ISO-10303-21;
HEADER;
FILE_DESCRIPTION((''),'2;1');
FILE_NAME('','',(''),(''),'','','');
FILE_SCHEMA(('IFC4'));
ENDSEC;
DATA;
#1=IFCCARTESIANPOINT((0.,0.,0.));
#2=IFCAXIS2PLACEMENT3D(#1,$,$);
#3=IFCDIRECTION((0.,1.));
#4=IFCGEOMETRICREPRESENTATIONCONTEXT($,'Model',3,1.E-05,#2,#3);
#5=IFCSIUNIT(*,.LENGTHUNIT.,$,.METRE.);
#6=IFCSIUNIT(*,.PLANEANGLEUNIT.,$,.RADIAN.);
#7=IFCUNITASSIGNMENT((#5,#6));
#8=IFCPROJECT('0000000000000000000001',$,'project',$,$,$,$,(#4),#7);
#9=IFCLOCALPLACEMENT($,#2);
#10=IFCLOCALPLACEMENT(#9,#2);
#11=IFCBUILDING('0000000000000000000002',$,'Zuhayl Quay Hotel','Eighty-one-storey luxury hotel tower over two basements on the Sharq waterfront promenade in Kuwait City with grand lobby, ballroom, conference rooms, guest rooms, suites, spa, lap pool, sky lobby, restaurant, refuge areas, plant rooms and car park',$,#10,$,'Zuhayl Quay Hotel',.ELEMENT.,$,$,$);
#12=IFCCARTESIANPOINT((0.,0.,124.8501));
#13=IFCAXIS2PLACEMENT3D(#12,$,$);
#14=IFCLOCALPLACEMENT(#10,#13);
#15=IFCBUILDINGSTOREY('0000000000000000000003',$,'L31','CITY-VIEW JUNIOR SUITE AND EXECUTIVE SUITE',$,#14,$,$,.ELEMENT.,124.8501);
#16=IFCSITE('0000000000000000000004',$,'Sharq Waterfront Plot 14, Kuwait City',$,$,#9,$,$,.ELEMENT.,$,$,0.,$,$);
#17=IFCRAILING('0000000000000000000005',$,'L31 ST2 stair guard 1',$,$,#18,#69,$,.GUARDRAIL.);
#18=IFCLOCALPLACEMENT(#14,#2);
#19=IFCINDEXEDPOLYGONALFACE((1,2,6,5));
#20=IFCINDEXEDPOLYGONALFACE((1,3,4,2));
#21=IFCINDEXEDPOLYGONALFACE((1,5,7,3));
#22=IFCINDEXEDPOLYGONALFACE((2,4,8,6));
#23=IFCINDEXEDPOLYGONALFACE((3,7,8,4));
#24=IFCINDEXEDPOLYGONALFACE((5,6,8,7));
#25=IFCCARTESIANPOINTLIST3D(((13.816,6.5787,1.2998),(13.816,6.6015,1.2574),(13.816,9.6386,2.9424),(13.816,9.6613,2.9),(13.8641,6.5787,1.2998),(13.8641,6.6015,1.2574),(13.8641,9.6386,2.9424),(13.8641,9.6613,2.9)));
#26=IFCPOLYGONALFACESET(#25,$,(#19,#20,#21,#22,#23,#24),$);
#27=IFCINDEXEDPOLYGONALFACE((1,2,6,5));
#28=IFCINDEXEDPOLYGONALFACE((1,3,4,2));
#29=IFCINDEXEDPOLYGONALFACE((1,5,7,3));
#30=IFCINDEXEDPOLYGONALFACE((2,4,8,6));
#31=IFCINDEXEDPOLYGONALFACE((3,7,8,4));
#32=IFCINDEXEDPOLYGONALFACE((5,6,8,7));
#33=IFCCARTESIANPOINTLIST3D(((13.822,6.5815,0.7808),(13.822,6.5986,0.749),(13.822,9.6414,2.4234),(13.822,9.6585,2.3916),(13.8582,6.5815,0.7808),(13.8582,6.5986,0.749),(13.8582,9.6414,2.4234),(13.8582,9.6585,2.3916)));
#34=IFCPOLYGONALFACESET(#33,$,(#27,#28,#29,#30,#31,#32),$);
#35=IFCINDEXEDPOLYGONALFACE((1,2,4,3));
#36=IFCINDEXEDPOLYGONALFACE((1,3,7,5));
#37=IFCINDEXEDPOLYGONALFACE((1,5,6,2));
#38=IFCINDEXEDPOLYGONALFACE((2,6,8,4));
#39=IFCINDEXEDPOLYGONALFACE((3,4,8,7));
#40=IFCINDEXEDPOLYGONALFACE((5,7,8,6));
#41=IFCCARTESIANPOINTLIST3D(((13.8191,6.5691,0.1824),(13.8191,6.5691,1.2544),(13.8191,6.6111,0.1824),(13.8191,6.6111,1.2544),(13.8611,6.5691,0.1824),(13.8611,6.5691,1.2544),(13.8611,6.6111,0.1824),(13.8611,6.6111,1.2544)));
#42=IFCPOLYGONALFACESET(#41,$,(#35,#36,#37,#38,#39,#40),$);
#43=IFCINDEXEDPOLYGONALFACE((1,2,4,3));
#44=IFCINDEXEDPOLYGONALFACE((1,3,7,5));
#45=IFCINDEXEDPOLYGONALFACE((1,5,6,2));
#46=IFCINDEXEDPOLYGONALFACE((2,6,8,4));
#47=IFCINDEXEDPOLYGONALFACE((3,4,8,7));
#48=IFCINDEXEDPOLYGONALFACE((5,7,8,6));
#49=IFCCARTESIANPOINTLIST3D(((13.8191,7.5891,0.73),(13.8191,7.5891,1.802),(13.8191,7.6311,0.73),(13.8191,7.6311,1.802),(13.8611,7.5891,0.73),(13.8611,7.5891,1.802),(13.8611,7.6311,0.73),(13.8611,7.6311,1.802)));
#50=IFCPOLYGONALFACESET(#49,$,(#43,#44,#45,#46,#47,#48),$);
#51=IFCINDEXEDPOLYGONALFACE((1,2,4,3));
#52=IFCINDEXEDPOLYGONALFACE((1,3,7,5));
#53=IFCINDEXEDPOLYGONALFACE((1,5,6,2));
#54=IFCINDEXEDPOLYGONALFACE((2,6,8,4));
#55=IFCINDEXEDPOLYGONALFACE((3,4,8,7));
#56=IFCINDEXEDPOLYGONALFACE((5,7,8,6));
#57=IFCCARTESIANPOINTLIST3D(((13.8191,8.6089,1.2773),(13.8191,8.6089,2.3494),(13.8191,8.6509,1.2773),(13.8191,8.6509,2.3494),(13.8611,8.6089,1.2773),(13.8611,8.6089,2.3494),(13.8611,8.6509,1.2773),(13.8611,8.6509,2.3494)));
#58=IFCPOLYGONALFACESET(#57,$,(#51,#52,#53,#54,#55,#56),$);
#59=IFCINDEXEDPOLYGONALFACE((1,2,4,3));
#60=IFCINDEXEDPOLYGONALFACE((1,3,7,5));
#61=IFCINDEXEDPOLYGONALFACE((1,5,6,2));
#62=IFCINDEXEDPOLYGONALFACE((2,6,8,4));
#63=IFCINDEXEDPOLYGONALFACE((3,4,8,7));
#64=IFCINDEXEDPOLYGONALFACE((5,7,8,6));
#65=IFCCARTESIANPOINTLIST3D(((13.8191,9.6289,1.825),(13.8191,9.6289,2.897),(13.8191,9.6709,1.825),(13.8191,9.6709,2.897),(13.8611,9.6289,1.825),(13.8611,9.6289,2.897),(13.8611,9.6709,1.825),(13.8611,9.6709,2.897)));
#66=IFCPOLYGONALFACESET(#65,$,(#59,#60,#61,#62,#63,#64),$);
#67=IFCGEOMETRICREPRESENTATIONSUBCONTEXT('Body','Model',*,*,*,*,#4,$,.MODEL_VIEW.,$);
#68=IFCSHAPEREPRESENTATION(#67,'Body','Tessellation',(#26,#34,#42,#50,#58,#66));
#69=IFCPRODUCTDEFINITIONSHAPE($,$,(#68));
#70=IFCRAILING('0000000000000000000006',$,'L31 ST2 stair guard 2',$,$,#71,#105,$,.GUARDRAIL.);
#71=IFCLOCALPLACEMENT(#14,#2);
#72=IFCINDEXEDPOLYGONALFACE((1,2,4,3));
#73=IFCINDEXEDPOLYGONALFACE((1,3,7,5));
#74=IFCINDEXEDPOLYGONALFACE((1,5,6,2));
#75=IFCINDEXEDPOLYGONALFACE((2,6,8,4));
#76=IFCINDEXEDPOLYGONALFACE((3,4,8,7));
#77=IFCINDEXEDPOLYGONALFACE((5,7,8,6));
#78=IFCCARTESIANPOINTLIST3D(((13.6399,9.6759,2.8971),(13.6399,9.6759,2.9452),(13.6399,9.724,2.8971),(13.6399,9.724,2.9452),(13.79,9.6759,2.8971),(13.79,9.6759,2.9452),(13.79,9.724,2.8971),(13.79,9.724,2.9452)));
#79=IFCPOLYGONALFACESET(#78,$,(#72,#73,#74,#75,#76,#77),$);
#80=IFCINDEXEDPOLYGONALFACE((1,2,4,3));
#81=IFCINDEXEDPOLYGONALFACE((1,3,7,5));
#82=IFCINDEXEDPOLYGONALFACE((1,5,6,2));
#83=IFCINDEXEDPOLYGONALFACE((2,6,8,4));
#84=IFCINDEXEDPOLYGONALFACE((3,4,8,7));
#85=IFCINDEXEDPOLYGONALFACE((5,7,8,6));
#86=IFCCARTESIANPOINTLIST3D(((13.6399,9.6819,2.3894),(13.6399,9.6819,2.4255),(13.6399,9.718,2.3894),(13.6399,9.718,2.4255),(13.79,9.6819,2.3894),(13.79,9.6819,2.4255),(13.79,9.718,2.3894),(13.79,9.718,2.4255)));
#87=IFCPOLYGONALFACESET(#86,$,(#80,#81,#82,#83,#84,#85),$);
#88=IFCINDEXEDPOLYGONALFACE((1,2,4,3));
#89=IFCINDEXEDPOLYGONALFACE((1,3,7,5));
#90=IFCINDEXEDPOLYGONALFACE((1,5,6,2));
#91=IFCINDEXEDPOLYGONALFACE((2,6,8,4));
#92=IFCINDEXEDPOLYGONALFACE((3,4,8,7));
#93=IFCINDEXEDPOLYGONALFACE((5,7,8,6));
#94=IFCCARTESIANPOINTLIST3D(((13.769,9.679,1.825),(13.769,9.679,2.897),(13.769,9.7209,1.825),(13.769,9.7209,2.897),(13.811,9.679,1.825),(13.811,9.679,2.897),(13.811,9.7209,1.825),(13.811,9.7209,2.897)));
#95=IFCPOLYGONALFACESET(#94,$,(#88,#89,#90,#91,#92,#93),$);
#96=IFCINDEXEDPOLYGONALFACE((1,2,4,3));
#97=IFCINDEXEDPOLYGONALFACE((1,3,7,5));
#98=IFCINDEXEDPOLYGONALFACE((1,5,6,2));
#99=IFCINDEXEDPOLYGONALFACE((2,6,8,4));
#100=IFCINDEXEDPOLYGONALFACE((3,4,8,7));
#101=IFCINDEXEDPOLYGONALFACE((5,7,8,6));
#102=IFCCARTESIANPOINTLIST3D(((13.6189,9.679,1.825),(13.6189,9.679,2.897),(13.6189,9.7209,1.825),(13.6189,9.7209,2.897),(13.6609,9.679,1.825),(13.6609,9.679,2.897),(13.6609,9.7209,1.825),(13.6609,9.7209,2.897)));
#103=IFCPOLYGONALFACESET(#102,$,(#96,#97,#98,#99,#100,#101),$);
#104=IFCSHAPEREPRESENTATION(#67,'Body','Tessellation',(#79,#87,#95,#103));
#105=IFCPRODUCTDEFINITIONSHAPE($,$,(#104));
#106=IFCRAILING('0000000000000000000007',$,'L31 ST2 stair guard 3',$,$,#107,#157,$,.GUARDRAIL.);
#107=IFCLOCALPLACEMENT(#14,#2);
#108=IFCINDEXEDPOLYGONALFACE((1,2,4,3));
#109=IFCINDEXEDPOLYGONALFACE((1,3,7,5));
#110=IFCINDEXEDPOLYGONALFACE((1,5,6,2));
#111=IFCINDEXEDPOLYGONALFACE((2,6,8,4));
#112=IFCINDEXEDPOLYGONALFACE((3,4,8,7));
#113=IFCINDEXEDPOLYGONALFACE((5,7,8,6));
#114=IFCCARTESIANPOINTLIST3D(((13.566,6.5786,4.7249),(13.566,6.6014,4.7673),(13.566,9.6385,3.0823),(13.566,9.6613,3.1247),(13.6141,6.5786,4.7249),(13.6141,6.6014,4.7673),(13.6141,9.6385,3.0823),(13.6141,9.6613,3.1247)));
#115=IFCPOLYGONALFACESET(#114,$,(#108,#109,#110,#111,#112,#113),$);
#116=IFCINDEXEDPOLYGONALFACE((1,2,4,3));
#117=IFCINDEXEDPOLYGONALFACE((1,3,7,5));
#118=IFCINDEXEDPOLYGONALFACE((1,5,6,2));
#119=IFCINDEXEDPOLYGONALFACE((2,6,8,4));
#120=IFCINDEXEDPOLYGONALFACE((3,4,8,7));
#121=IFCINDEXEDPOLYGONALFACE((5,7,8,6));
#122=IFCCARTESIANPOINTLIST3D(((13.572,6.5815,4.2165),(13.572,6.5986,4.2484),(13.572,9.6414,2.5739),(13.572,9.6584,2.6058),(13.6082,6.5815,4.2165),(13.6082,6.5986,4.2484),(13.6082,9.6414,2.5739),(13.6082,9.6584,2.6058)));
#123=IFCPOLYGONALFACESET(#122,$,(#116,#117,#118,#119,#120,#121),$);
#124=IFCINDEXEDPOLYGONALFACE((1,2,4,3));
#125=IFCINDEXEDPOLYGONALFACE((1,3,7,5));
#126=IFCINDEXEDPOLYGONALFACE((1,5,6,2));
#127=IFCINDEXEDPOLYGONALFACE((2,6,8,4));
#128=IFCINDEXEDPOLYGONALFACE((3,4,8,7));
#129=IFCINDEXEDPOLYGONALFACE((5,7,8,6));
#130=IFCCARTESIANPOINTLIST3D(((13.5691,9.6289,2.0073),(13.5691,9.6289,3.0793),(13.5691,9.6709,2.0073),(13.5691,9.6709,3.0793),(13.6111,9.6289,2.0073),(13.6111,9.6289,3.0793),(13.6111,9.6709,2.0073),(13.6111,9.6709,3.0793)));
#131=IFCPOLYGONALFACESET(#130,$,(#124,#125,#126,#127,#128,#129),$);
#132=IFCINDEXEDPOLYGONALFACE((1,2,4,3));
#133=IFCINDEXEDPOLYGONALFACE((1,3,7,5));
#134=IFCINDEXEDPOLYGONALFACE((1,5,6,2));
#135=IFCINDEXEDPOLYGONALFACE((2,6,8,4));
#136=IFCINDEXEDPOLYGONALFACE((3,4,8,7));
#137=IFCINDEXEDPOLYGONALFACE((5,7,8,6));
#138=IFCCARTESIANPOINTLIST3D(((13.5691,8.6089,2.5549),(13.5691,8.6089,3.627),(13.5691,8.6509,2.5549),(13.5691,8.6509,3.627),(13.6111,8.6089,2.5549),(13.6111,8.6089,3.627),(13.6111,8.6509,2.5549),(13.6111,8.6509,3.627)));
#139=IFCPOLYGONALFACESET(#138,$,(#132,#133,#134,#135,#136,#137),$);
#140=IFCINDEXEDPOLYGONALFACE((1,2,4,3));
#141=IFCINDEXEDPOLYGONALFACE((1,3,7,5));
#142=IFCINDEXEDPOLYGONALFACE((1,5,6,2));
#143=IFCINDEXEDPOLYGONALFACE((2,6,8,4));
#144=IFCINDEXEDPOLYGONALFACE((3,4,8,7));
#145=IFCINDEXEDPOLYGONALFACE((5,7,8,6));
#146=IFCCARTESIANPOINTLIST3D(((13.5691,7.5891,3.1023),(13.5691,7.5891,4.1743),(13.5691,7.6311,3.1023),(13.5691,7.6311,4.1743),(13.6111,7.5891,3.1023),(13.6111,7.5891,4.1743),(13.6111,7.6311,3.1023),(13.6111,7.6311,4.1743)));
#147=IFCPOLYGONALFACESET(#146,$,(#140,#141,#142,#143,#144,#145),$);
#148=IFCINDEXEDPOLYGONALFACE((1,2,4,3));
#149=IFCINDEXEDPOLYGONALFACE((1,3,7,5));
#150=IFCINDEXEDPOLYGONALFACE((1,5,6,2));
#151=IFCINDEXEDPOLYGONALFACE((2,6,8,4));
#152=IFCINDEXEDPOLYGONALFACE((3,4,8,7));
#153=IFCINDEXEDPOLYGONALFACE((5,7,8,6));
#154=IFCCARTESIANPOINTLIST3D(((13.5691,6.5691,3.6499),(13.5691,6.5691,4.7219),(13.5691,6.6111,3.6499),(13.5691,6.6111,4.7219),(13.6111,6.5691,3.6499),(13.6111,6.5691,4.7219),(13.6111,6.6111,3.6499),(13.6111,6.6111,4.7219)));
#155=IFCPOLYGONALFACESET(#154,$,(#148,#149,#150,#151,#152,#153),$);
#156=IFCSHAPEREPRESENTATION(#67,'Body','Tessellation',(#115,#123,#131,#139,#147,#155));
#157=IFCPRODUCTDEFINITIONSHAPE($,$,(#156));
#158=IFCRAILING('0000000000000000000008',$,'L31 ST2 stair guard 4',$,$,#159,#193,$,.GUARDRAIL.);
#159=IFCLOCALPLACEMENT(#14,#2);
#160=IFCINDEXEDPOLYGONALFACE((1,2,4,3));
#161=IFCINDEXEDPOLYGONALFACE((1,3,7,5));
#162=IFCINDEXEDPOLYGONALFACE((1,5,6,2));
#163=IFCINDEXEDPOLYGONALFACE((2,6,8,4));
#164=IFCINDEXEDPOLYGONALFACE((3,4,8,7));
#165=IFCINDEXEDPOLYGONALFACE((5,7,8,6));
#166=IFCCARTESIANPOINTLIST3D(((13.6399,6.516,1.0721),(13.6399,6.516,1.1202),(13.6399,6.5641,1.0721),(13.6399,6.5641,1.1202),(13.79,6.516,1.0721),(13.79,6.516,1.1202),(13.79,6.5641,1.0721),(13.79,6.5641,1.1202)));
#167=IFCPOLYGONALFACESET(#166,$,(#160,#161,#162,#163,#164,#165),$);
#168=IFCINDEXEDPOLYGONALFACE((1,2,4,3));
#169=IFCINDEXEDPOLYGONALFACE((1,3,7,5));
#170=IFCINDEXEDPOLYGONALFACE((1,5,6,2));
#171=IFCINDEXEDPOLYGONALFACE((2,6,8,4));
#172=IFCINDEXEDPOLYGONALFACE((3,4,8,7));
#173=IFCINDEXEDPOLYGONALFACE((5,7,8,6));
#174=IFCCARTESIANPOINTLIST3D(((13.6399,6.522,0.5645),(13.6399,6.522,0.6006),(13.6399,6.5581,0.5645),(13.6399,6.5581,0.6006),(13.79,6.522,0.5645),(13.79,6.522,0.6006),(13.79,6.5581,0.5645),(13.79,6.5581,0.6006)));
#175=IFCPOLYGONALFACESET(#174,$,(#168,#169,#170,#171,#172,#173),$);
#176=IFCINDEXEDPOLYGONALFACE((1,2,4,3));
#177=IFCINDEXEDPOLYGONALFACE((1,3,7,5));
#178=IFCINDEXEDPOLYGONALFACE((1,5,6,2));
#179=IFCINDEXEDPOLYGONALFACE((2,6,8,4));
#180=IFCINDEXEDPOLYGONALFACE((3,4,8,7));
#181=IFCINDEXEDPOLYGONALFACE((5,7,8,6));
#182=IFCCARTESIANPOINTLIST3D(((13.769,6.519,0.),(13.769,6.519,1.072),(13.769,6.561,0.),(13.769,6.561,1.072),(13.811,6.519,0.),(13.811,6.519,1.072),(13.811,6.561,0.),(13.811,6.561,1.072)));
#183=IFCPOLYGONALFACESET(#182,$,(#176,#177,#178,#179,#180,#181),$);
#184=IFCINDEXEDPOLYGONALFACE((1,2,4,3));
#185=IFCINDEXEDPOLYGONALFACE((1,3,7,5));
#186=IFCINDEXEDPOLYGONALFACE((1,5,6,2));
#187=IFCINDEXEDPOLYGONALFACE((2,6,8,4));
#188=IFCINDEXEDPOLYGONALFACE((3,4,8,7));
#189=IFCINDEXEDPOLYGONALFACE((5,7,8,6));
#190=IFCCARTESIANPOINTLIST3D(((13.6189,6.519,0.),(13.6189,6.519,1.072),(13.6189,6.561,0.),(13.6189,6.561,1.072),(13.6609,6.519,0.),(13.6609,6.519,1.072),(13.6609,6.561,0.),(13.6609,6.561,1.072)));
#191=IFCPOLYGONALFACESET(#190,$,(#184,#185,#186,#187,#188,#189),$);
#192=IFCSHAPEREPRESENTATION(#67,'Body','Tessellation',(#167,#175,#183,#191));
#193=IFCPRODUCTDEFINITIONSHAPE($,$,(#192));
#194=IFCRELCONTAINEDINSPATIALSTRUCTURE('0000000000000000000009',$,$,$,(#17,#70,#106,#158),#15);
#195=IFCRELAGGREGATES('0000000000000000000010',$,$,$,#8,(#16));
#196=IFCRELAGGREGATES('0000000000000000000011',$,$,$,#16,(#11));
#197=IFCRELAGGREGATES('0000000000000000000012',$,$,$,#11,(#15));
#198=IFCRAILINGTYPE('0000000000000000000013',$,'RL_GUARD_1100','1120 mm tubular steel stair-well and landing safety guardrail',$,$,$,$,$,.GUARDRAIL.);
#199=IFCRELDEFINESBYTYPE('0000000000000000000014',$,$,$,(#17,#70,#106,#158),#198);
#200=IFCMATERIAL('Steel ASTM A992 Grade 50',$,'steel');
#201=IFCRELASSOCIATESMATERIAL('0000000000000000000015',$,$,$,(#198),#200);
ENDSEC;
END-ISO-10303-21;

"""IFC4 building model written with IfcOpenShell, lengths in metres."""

from ifc_helpers import new_model, si_unit, direction, frame, origin, origin_2d, place, context, subcontext, project, spatial, rectangle, extrude, material, type_object, element, save


model = new_model("IFC4")

# Units and contexts
model_context = context("Model", 3, precision=1e-05, world=origin(), true_north=direction((0.0, 1.0)))
body_context = subcontext(model_context, "Body", "Model", "MODEL_VIEW")
ifc_project = project(units=[si_unit("LENGTHUNIT", "METRE"), si_unit("PLANEANGLEUNIT", "RADIAN")], contexts=[model_context])

# Site, building, storey
site_placement = place(None, origin())
site = spatial("IfcSite", under=ifc_project, at=site_placement, Name="Sharq Waterfront Plot 14, Kuwait City", CompositionType="ELEMENT", RefElevation=0.0)
building_placement = place(site_placement, origin())
building = spatial("IfcBuilding", under=site, at=building_placement, Name="Zuhayl Quay Hotel", Description="Eighty-one-storey luxury hotel tower over two basements on the Sharq waterfront promenade in Kuwait City with grand lobby, ballroom, conference rooms, guest rooms, suites, spa, lap pool, sky lobby, restaurant, refuge areas, plant rooms and car park", LongName="Zuhayl Quay Hotel", CompositionType="ELEMENT")
storey_placement = place(building_placement, frame((0.0, 0.0, 124.8501)))
storey = spatial("IfcBuildingStorey", under=building, at=storey_placement, Name="L31", Description="CITY-VIEW JUNIOR SUITE AND EXECUTIVE SUITE", CompositionType="ELEMENT", Elevation=124.8501)

# Shared definitions
ifc_material_1 = material(Name="Steel ASTM A992 Grade 50", Category="steel")

# Railings
railing_type_1 = type_object("IfcRailingType", Name="RL_GUARD_1100", Description="1120 mm tubular steel stair-well and landing safety guardrail", PredefinedType="GUARDRAIL", material=ifc_material_1)
railing_1_placement = place(storey_placement, frame((13.8401, 6.5901, 0.1824)))
element("IfcRailing", 1, at=railing_1_placement, inside=storey, type_object=railing_type_1, Name="L31 ST2 stair guard 1", PredefinedType="GUARDRAIL", context=body_context, shape_type="SweptSolid", body=[
    extrude(rectangle(XDim=0.0481, YDim=0.0481, at=origin_2d()), frame((0.0, 0.0, 1.0962), z_axis=(0.0, 0.881073, 0.47298), x_axis=(-1.0, 0.0, 0.0)), (0.0, 0.0, 1.0), 3.4729),
    extrude(rectangle(XDim=0.0361, YDim=0.0361, at=origin_2d()), frame((0.0, 0.0, 0.5825), z_axis=(0.0, 0.881073, 0.47298), x_axis=(-1.0, 0.0, 0.0)), (0.0, 0.0, 1.0), 3.4729),
    extrude(rectangle(XDim=0.042, YDim=0.042, at=origin_2d()), origin(), (0.0, 0.0, 1.0), 1.072),
    extrude(rectangle(XDim=0.042, YDim=0.042, at=origin_2d()), frame((0.0, 1.02, 0.5476)), (0.0, 0.0, 1.0), 1.072),
    extrude(rectangle(XDim=0.042, YDim=0.042, at=origin_2d()), frame((0.0, 2.0398, 1.095)), (0.0, 0.0, 1.0), 1.072),
    extrude(rectangle(XDim=0.042, YDim=0.042, at=origin_2d()), frame((0.0, 3.0598, 1.6426)), (0.0, 0.0, 1.0), 1.072),
])
railing_2_placement = place(storey_placement, frame((13.79, 9.7, 1.825)))
element("IfcRailing", 2, at=railing_2_placement, inside=storey, type_object=railing_type_1, Name="L31 ST2 stair guard 2", PredefinedType="GUARDRAIL", context=body_context, shape_type="SweptSolid", body=[
    extrude(rectangle(XDim=0.0481, YDim=0.0481, at=origin_2d()), frame((0.0, 0.0, 1.0962), z_axis=(-1.0, 0.0, 0.0), x_axis=(0.0, -1.0, 0.0)), (0.0, 0.0, 1.0), 0.1501),
    extrude(rectangle(XDim=0.0361, YDim=0.0361, at=origin_2d()), frame((0.0, 0.0, 0.5825), z_axis=(-1.0, 0.0, 0.0), x_axis=(0.0, -1.0, 0.0)), (0.0, 0.0, 1.0), 0.1501),
    extrude(rectangle(XDim=0.042, YDim=0.042, at=origin_2d()), origin(), (0.0, 0.0, 1.0), 1.072),
    extrude(rectangle(XDim=0.042, YDim=0.042, at=origin_2d()), frame((-0.1501, 0.0, 0.0)), (0.0, 0.0, 1.0), 1.072),
])
railing_3_placement = place(storey_placement, frame((13.5901, 9.6499, 2.0073)))
element("IfcRailing", 3, at=railing_3_placement, inside=storey, type_object=railing_type_1, Name="L31 ST2 stair guard 3", PredefinedType="GUARDRAIL", context=body_context, shape_type="SweptSolid", body=[
    extrude(rectangle(XDim=0.0481, YDim=0.0481, at=origin_2d()), frame((0.0, 0.0, 1.0962), z_axis=(0.0, -0.881073, 0.47298), x_axis=(1.0, 0.0, 0.0)), (0.0, 0.0, 1.0), 3.4729),
    extrude(rectangle(XDim=0.0361, YDim=0.0361, at=origin_2d()), frame((0.0, 0.0, 0.5825), z_axis=(0.0, -0.881073, 0.47298), x_axis=(1.0, 0.0, 0.0)), (0.0, 0.0, 1.0), 3.4729),
    extrude(rectangle(XDim=0.042, YDim=0.042, at=origin_2d()), origin(), (0.0, 0.0, 1.0), 1.072),
    extrude(rectangle(XDim=0.042, YDim=0.042, at=origin_2d()), frame((0.0, -1.02, 0.5476)), (0.0, 0.0, 1.0), 1.072),
    extrude(rectangle(XDim=0.042, YDim=0.042, at=origin_2d()), frame((0.0, -2.0398, 1.095)), (0.0, 0.0, 1.0), 1.072),
    extrude(rectangle(XDim=0.042, YDim=0.042, at=origin_2d()), frame((0.0, -3.0598, 1.6426)), (0.0, 0.0, 1.0), 1.072),
])
railing_4_placement = place(storey_placement, frame((13.79, 6.54, 0.0)))
element("IfcRailing", 4, at=railing_4_placement, inside=storey, type_object=railing_type_1, Name="L31 ST2 stair guard 4", PredefinedType="GUARDRAIL", context=body_context, shape_type="SweptSolid", body=[
    extrude(rectangle(XDim=0.0481, YDim=0.0481, at=origin_2d()), frame((0.0, 0.0, 1.0962), z_axis=(-1.0, 0.0, 0.0), x_axis=(0.0, -1.0, 0.0)), (0.0, 0.0, 1.0), 0.1501),
    extrude(rectangle(XDim=0.0361, YDim=0.0361, at=origin_2d()), frame((0.0, 0.0, 0.5825), z_axis=(-1.0, 0.0, 0.0), x_axis=(0.0, -1.0, 0.0)), (0.0, 0.0, 1.0), 0.1501),
    extrude(rectangle(XDim=0.042, YDim=0.042, at=origin_2d()), origin(), (0.0, 0.0, 1.0), 1.072),
    extrude(rectangle(XDim=0.042, YDim=0.042, at=origin_2d()), frame((-0.1501, 0.0, 0.0)), (0.0, 0.0, 1.0), 1.072),
])

save(model, "model.ifc")
